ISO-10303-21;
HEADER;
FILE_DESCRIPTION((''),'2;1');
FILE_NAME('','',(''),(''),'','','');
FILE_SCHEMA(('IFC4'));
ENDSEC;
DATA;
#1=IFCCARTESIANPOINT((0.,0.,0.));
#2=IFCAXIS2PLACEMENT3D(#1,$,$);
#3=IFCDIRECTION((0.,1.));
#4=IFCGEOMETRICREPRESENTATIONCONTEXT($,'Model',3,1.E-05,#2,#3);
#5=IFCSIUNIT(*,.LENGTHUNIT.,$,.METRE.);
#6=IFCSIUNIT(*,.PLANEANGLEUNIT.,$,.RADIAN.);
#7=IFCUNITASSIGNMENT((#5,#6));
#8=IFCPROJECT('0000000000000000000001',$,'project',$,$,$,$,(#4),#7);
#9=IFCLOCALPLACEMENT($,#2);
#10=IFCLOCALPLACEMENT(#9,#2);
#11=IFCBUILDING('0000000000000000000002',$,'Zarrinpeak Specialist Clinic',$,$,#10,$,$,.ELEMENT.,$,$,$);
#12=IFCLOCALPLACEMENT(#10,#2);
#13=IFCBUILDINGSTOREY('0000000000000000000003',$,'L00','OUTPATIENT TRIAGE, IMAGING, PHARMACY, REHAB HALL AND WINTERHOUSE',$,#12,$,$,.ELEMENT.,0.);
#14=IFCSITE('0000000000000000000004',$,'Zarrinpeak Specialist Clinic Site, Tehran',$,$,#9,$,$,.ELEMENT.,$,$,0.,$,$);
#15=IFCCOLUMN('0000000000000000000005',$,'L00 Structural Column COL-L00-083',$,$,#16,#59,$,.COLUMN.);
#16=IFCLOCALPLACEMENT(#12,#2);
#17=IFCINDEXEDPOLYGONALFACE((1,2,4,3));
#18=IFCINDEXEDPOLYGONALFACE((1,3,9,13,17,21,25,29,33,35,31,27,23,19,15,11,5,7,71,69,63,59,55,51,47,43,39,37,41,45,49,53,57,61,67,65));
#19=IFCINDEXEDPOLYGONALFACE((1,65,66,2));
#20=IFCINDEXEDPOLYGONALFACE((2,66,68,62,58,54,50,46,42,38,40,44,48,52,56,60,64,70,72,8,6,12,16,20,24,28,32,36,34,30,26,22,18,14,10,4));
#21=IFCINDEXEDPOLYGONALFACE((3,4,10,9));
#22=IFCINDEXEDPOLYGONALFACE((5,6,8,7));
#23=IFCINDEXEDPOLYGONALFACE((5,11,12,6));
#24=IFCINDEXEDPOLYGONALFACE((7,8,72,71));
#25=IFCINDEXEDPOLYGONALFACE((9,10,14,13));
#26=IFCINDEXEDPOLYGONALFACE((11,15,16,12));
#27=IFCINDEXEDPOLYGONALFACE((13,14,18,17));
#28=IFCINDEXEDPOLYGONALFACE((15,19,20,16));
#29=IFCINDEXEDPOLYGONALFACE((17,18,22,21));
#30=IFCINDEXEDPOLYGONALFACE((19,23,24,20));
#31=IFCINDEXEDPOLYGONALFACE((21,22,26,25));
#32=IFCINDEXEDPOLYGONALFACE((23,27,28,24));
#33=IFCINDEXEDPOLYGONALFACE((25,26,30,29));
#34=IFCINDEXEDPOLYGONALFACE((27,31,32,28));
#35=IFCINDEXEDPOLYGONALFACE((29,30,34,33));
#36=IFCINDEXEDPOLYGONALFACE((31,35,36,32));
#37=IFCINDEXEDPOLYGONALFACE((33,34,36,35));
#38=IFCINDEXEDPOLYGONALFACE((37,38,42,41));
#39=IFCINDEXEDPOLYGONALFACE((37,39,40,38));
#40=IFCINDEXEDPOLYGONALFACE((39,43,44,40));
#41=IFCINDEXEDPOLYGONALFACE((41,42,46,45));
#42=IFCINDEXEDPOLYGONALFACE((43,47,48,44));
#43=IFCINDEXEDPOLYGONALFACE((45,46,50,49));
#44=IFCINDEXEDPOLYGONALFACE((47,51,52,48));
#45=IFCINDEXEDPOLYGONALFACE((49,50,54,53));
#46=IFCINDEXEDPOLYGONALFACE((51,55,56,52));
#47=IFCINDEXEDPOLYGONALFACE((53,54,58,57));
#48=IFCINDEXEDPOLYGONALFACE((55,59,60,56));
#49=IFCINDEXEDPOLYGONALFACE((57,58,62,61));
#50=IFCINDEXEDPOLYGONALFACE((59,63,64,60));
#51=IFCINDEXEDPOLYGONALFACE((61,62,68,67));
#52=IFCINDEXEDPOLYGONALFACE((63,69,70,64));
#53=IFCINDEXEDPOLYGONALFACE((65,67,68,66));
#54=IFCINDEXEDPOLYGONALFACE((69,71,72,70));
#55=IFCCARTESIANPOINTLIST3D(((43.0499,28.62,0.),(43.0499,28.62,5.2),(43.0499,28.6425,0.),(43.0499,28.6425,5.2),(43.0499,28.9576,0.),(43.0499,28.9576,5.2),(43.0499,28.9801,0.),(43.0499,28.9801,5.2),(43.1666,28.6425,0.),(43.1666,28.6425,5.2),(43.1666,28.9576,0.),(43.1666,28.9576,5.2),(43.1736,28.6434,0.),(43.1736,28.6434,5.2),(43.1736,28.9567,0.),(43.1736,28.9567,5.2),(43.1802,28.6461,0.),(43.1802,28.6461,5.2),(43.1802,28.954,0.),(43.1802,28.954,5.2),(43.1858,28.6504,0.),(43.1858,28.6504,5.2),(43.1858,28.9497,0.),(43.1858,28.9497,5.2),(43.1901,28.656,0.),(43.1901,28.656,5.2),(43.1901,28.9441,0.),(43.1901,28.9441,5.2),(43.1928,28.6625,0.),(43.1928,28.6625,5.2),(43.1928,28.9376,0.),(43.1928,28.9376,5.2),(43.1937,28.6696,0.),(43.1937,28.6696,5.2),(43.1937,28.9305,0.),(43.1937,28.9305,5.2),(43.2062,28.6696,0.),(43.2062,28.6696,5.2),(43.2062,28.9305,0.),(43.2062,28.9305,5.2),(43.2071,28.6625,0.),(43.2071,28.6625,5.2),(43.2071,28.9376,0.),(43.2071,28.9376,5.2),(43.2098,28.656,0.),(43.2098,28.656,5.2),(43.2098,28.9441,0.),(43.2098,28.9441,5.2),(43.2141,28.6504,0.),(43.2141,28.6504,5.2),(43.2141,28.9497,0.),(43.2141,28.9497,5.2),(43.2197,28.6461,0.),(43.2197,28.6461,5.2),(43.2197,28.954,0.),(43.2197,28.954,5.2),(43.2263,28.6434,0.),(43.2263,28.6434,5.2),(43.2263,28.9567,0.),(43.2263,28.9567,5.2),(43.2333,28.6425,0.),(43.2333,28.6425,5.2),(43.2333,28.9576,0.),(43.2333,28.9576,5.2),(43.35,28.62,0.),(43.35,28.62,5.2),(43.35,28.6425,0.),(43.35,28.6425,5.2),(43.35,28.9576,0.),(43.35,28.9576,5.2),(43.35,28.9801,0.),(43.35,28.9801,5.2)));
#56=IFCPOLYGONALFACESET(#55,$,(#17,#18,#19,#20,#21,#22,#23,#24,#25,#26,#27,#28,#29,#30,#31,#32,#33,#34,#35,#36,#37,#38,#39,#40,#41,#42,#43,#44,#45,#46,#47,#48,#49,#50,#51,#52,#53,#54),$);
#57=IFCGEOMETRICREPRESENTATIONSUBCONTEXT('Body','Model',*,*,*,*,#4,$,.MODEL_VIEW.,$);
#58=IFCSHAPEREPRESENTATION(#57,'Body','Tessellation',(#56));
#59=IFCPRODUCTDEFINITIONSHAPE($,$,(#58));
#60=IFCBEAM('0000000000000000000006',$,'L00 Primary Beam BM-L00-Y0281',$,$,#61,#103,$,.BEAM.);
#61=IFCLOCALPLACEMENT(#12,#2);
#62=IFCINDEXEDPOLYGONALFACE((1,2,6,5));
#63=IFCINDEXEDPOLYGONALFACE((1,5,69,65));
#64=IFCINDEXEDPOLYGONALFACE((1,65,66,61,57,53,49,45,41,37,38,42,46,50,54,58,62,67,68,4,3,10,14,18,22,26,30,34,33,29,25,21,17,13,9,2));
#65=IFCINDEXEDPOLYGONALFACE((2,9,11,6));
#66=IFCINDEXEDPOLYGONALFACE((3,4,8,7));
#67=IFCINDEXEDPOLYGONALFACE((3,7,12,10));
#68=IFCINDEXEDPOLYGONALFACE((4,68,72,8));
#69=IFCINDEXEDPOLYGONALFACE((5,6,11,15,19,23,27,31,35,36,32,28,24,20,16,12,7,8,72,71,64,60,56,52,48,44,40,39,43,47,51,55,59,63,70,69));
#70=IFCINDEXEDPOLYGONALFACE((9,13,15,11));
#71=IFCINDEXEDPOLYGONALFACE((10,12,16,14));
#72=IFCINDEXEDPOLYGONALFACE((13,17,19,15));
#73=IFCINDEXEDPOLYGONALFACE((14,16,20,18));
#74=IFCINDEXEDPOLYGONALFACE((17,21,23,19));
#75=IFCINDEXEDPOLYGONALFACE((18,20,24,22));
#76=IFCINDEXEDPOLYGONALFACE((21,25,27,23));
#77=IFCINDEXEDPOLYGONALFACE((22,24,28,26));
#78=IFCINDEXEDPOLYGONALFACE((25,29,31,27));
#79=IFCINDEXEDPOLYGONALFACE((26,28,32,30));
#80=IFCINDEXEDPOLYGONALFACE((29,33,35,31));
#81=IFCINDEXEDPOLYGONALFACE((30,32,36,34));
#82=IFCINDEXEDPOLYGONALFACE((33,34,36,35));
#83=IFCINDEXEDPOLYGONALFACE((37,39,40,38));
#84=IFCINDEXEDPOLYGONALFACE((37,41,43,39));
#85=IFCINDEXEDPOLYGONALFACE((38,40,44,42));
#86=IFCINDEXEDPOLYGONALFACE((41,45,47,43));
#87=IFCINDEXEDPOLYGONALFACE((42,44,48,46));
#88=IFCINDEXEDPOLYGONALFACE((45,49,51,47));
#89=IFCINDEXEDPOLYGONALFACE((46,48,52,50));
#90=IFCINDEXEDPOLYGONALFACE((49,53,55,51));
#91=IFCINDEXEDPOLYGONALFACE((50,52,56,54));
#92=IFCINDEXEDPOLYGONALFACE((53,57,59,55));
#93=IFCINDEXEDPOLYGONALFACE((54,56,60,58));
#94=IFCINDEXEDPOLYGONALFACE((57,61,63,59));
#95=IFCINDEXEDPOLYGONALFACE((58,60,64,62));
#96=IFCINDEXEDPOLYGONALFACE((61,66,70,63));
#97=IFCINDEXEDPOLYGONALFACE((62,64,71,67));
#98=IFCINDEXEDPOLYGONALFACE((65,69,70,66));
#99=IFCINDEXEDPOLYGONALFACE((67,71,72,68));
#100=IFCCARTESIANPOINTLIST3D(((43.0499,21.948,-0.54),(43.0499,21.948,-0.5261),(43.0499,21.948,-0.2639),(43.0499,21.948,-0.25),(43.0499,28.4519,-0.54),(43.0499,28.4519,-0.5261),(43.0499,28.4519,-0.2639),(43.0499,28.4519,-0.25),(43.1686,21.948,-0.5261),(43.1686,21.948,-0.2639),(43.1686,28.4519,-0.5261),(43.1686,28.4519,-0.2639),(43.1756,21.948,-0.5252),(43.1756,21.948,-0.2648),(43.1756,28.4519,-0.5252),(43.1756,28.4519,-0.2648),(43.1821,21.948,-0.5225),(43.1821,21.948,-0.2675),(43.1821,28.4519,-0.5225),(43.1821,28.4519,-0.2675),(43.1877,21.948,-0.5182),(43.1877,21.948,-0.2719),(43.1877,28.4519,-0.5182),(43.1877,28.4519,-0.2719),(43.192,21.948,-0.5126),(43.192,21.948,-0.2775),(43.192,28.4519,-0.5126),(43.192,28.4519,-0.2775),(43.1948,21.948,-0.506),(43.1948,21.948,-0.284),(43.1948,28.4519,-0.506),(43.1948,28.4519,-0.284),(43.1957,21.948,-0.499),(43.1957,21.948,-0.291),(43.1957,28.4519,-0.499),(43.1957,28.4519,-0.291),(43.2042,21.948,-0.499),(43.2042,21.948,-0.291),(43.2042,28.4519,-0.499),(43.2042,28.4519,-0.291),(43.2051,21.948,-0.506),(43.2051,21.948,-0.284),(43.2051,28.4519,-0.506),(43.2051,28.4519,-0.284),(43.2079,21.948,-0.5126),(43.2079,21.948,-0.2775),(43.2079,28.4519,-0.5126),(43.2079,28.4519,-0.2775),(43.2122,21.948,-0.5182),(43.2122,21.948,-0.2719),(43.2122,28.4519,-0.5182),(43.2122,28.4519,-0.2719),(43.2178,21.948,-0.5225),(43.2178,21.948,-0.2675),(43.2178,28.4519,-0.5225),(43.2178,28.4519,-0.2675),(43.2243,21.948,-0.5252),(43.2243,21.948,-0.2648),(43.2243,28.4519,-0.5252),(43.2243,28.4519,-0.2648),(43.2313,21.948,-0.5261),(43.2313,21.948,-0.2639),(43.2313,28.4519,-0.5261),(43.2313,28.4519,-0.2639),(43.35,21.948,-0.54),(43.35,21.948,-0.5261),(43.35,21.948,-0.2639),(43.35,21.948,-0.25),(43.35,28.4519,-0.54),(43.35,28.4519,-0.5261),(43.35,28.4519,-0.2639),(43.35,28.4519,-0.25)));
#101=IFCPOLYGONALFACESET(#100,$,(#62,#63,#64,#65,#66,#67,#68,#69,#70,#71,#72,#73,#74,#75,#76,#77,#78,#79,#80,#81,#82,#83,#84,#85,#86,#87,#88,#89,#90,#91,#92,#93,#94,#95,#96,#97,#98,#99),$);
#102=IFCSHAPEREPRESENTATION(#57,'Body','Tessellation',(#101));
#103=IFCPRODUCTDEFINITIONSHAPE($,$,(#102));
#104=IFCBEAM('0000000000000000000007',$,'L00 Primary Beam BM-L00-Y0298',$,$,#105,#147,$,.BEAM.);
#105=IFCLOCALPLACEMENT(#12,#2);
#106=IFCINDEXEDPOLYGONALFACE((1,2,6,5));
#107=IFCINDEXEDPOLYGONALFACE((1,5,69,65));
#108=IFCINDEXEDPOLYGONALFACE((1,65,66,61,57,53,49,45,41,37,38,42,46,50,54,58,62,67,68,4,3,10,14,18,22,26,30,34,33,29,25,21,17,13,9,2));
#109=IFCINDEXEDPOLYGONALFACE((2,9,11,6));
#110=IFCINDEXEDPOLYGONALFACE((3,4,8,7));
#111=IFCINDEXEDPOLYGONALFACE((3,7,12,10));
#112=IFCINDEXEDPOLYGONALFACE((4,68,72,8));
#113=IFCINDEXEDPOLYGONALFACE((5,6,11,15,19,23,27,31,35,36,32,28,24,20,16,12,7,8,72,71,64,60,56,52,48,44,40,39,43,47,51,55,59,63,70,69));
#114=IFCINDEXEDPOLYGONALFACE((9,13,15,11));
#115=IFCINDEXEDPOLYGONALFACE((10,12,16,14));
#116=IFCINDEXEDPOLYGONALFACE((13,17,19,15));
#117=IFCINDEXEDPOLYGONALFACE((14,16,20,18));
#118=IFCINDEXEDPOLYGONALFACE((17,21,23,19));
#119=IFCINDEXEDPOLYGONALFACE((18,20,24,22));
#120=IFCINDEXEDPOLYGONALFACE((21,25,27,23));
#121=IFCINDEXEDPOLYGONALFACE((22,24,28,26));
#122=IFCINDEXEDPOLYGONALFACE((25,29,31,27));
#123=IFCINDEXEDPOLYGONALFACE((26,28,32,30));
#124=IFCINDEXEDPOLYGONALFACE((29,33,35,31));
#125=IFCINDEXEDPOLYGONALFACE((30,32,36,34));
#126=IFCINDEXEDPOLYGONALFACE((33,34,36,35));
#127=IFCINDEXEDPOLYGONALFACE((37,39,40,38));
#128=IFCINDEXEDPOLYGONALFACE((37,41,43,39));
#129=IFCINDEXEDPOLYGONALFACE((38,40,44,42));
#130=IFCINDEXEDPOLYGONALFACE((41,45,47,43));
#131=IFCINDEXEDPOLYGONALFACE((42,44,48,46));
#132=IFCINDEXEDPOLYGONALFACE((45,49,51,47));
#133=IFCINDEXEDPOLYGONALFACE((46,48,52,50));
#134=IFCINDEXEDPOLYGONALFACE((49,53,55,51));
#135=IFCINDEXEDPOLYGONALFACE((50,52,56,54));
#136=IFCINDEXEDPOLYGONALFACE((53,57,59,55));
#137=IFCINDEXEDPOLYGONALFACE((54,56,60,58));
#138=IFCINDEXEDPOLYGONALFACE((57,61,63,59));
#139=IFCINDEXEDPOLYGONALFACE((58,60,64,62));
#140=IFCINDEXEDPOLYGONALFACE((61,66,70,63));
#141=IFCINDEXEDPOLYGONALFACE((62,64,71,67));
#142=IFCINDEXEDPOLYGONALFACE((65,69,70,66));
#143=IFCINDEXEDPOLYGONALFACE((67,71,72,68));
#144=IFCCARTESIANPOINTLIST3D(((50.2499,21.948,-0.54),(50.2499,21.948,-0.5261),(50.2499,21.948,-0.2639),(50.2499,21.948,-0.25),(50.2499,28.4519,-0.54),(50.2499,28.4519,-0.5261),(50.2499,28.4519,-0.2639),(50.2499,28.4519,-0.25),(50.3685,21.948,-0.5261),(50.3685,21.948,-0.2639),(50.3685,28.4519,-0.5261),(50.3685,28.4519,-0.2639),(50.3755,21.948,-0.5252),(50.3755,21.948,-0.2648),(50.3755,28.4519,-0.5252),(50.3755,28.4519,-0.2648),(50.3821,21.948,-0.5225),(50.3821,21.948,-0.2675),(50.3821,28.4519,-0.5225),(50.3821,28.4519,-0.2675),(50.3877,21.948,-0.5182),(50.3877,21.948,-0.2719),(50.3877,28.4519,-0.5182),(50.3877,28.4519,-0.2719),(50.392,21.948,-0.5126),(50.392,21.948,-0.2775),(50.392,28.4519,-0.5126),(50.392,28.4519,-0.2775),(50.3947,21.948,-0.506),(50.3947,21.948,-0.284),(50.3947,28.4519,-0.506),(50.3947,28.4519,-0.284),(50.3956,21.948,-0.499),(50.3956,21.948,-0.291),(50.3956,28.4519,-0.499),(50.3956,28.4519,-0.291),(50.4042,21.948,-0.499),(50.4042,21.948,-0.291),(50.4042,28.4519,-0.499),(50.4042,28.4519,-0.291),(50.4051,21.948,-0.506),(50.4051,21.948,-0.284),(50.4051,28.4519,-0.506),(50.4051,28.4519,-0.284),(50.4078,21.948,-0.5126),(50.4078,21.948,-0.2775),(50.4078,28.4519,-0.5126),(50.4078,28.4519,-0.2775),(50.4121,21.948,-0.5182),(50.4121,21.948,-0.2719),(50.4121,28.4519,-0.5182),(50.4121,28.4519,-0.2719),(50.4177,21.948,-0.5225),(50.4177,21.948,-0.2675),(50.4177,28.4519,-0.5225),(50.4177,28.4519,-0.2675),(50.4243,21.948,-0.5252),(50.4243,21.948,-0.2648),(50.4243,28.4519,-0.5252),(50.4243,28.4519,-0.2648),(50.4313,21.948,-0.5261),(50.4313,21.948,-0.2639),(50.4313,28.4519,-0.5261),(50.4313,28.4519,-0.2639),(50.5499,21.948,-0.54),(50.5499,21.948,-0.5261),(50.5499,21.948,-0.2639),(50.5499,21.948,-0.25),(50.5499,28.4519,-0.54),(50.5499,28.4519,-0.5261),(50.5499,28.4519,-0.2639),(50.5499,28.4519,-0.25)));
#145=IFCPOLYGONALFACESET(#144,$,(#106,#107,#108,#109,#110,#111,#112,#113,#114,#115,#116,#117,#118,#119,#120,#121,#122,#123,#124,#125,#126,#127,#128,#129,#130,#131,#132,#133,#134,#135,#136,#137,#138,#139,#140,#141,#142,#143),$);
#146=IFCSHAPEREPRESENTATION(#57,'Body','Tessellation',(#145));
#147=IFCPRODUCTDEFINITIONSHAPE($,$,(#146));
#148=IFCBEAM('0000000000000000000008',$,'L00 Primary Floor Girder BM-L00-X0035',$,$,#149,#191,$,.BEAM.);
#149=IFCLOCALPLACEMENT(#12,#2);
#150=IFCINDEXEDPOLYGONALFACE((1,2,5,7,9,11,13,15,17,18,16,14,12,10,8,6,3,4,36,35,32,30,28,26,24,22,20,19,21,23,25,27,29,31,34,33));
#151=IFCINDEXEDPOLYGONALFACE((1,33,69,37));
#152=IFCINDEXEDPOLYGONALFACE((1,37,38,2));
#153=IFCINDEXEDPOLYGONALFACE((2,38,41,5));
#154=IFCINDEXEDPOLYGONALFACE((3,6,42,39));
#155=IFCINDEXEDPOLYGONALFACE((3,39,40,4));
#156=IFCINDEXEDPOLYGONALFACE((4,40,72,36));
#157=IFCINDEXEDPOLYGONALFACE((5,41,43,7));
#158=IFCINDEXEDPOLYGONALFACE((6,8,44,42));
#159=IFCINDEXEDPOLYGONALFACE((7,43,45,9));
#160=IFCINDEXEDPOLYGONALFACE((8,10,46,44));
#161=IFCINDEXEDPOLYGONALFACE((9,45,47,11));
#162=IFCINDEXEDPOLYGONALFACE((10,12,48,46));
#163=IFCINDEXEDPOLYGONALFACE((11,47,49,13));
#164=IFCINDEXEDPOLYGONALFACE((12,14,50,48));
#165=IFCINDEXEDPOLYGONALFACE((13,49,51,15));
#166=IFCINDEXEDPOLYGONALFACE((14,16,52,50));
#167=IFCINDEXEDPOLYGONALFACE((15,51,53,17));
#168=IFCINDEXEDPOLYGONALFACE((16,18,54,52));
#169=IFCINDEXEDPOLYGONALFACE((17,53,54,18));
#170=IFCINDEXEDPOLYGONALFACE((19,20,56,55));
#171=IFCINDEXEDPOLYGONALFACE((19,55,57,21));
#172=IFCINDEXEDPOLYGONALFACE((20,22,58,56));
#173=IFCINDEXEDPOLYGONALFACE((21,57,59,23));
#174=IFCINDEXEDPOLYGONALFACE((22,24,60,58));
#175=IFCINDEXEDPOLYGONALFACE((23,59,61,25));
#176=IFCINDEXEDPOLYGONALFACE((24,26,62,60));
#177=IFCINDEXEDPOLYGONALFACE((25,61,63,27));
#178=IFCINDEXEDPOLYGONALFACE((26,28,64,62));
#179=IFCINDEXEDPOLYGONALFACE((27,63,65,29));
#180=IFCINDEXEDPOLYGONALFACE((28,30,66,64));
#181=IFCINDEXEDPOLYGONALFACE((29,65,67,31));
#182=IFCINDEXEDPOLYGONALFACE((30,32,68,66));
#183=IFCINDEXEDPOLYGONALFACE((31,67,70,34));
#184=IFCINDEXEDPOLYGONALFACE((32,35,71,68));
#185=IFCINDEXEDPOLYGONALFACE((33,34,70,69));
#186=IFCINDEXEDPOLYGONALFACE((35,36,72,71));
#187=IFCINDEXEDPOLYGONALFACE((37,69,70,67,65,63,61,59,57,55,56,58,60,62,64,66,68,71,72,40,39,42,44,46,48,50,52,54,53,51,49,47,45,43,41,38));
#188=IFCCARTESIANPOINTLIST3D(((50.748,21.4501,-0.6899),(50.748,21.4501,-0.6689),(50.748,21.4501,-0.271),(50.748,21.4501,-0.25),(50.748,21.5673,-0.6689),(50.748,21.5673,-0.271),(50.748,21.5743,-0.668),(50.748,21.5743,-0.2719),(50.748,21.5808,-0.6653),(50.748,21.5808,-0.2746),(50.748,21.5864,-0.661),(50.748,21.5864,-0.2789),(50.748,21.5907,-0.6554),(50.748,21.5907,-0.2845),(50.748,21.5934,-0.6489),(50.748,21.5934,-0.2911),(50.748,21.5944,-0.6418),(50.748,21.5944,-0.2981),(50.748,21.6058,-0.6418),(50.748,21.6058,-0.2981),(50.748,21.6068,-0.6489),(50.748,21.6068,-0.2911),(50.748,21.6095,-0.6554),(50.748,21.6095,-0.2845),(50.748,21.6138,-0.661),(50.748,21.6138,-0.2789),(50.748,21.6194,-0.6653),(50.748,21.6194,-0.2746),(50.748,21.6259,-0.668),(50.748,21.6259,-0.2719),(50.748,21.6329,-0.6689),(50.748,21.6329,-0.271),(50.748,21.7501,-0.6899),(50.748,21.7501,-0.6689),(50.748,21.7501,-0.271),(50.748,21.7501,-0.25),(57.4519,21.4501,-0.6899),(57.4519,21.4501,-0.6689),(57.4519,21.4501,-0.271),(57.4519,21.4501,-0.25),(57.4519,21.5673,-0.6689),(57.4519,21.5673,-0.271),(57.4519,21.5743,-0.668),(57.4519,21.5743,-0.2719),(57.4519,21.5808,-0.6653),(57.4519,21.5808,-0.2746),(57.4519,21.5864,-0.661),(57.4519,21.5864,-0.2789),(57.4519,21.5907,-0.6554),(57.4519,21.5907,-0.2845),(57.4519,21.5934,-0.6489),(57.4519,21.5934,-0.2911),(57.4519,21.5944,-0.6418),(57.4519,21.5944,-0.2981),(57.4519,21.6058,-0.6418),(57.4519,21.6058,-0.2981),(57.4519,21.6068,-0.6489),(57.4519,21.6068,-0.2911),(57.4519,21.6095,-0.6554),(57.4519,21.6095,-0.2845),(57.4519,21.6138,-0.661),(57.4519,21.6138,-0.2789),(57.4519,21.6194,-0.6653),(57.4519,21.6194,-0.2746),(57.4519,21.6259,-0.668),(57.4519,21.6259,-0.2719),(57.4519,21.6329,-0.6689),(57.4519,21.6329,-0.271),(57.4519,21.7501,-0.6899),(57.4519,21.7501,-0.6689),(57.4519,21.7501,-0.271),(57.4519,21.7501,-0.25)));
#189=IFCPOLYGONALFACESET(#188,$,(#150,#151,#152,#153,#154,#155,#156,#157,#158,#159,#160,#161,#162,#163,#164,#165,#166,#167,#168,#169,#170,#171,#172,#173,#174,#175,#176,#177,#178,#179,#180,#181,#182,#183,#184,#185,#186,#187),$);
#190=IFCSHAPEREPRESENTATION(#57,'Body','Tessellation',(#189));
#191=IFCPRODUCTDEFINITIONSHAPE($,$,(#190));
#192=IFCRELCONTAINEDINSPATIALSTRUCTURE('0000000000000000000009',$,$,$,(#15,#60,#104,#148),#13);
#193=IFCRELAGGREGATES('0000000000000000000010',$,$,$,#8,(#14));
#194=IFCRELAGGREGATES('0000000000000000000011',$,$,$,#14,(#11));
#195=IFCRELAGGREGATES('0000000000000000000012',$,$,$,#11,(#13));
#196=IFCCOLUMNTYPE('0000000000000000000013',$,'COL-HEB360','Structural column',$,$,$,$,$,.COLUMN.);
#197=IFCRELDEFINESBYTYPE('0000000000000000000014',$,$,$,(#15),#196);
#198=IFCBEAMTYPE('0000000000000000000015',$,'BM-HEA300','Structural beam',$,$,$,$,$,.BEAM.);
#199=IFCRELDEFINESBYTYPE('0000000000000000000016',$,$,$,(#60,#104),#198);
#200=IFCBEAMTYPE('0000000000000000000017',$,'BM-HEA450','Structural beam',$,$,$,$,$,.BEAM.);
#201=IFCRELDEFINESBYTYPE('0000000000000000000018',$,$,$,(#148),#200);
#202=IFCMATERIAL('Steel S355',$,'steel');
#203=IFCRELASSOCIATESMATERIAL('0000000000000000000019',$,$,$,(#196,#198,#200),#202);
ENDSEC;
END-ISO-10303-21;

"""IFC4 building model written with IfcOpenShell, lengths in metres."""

from ifc_helpers import new_model, si_unit, direction, frame, origin, origin_2d, place, context, subcontext, project, spatial, i_section, extrude, material, material_profile, profile_set, type_object, element, save


model = new_model("IFC4")

# Units and contexts
model_context = context("Model", 3, precision=1e-05, world=origin(), true_north=direction((0.0, 1.0)))
body_context = subcontext(model_context, "Body", "Model", "MODEL_VIEW")
ifc_project = project(units=[si_unit("LENGTHUNIT", "METRE"), si_unit("PLANEANGLEUNIT", "RADIAN")], contexts=[model_context])

# Site, building, storey
site_placement = place(None, origin())
site = spatial("IfcSite", under=ifc_project, at=site_placement, Name="Zarrinpeak Specialist Clinic Site, Tehran", CompositionType="ELEMENT", RefElevation=0.0)
building_placement = place(site_placement, origin())
building = spatial("IfcBuilding", under=site, at=building_placement, Name="Zarrinpeak Specialist Clinic", CompositionType="ELEMENT")
storey_placement = place(building_placement, origin())
storey = spatial("IfcBuildingStorey", under=building, at=storey_placement, Name="L00", Description="OUTPATIENT TRIAGE, IMAGING, PHARMACY, REHAB HALL AND WINTERHOUSE", CompositionType="ELEMENT", Elevation=0.0)

# Column
ifc_material_1 = material(Name="Steel S355", Category="steel")
ifc_material_profile_1 = material_profile(ifc_material_1, i_section(OverallWidth=0.3, OverallDepth=0.3601, WebThickness=0.0125, FlangeThickness=0.0225, FilletRadius=0.0271, at=origin_2d()), Name="HEB 360")
ifc_profile_set_1 = profile_set([ifc_material_profile_1], Name="Steel S355")
column_type = type_object("IfcColumnType", Name="COL-HEB360", Description="Structural column", PredefinedType="COLUMN", material=ifc_profile_set_1)
column_placement = place(storey_placement, frame((43.2, 28.8, 0.0), z_axis=(0.0, 0.0, 1.0), x_axis=(1.0, 0.0, 0.0)))
element("IfcColumn", 1, at=column_placement, inside=storey, type_object=column_type, Name="L00 Structural Column COL-L00-083", PredefinedType="COLUMN", context=body_context, shape_type="SweptSolid", body=[
    extrude(i_section(OverallWidth=0.3, OverallDepth=0.3601, WebThickness=0.0125, FlangeThickness=0.0225, FilletRadius=0.0271, at=origin_2d()), origin(), (0.0, 0.0, 1.0), 5.2),
])

# Beams
ifc_material_profile_2 = material_profile(ifc_material_1, i_section(OverallWidth=0.3, OverallDepth=0.29, WebThickness=0.0085, FlangeThickness=0.0139, FilletRadius=0.0271, at=origin_2d()), Name="HEA 300")
ifc_profile_set_2 = profile_set([ifc_material_profile_2], Name="Steel S355")
beam_type_1 = type_object("IfcBeamType", Name="BM-HEA300", Description="Structural beam", PredefinedType="BEAM", material=ifc_profile_set_2)
for number, where, z_axis, x_axis, name in (
    (2, (43.2, 21.948, -0.395), (0.0, 1.0, 0.0), (-1.0, 0.0, 0.0), "L00 Primary Beam BM-L00-Y0281"),
    (3, (50.3999, 21.948, -0.395), (0.0, 1.0, 0.0), (-1.0, 0.0, 0.0), "L00 Primary Beam BM-L00-Y0298"),
):
    element("IfcBeam", number, at=place(storey_placement, frame(where, z_axis=z_axis, x_axis=x_axis)), inside=storey, type_object=beam_type_1, Name=name, PredefinedType="BEAM", context=body_context, shape_type="SweptSolid", body=[
        extrude(i_section(OverallWidth=0.3, OverallDepth=0.29, WebThickness=0.0085, FlangeThickness=0.0139, FilletRadius=0.0271, at=origin_2d()), origin(), (0.0, 0.0, 1.0), 6.5039),
    ])
ifc_material_profile_3 = material_profile(ifc_material_1, i_section(OverallWidth=0.3, OverallDepth=0.4399, WebThickness=0.0115, FlangeThickness=0.021, FilletRadius=0.0271, at=origin_2d()), Name="HEA 450")
ifc_profile_set_3 = profile_set([ifc_material_profile_3], Name="Steel S355")
beam_type_2 = type_object("IfcBeamType", Name="BM-HEA450", Description="Structural beam", PredefinedType="BEAM", material=ifc_profile_set_3)
beam_placement = place(storey_placement, frame((50.748, 21.6001, -0.47), z_axis=(1.0, 0.0, 0.0), x_axis=(0.0, 1.0, 0.0)))
element("IfcBeam", 4, at=beam_placement, inside=storey, type_object=beam_type_2, Name="L00 Primary Floor Girder BM-L00-X0035", PredefinedType="BEAM", context=body_context, shape_type="SweptSolid", body=[
    extrude(i_section(OverallWidth=0.3, OverallDepth=0.4399, WebThickness=0.0115, FlangeThickness=0.021, FilletRadius=0.0271, at=origin_2d()), origin(), (0.0, 0.0, 1.0), 6.7039),
])

save(model, "model.ifc")
